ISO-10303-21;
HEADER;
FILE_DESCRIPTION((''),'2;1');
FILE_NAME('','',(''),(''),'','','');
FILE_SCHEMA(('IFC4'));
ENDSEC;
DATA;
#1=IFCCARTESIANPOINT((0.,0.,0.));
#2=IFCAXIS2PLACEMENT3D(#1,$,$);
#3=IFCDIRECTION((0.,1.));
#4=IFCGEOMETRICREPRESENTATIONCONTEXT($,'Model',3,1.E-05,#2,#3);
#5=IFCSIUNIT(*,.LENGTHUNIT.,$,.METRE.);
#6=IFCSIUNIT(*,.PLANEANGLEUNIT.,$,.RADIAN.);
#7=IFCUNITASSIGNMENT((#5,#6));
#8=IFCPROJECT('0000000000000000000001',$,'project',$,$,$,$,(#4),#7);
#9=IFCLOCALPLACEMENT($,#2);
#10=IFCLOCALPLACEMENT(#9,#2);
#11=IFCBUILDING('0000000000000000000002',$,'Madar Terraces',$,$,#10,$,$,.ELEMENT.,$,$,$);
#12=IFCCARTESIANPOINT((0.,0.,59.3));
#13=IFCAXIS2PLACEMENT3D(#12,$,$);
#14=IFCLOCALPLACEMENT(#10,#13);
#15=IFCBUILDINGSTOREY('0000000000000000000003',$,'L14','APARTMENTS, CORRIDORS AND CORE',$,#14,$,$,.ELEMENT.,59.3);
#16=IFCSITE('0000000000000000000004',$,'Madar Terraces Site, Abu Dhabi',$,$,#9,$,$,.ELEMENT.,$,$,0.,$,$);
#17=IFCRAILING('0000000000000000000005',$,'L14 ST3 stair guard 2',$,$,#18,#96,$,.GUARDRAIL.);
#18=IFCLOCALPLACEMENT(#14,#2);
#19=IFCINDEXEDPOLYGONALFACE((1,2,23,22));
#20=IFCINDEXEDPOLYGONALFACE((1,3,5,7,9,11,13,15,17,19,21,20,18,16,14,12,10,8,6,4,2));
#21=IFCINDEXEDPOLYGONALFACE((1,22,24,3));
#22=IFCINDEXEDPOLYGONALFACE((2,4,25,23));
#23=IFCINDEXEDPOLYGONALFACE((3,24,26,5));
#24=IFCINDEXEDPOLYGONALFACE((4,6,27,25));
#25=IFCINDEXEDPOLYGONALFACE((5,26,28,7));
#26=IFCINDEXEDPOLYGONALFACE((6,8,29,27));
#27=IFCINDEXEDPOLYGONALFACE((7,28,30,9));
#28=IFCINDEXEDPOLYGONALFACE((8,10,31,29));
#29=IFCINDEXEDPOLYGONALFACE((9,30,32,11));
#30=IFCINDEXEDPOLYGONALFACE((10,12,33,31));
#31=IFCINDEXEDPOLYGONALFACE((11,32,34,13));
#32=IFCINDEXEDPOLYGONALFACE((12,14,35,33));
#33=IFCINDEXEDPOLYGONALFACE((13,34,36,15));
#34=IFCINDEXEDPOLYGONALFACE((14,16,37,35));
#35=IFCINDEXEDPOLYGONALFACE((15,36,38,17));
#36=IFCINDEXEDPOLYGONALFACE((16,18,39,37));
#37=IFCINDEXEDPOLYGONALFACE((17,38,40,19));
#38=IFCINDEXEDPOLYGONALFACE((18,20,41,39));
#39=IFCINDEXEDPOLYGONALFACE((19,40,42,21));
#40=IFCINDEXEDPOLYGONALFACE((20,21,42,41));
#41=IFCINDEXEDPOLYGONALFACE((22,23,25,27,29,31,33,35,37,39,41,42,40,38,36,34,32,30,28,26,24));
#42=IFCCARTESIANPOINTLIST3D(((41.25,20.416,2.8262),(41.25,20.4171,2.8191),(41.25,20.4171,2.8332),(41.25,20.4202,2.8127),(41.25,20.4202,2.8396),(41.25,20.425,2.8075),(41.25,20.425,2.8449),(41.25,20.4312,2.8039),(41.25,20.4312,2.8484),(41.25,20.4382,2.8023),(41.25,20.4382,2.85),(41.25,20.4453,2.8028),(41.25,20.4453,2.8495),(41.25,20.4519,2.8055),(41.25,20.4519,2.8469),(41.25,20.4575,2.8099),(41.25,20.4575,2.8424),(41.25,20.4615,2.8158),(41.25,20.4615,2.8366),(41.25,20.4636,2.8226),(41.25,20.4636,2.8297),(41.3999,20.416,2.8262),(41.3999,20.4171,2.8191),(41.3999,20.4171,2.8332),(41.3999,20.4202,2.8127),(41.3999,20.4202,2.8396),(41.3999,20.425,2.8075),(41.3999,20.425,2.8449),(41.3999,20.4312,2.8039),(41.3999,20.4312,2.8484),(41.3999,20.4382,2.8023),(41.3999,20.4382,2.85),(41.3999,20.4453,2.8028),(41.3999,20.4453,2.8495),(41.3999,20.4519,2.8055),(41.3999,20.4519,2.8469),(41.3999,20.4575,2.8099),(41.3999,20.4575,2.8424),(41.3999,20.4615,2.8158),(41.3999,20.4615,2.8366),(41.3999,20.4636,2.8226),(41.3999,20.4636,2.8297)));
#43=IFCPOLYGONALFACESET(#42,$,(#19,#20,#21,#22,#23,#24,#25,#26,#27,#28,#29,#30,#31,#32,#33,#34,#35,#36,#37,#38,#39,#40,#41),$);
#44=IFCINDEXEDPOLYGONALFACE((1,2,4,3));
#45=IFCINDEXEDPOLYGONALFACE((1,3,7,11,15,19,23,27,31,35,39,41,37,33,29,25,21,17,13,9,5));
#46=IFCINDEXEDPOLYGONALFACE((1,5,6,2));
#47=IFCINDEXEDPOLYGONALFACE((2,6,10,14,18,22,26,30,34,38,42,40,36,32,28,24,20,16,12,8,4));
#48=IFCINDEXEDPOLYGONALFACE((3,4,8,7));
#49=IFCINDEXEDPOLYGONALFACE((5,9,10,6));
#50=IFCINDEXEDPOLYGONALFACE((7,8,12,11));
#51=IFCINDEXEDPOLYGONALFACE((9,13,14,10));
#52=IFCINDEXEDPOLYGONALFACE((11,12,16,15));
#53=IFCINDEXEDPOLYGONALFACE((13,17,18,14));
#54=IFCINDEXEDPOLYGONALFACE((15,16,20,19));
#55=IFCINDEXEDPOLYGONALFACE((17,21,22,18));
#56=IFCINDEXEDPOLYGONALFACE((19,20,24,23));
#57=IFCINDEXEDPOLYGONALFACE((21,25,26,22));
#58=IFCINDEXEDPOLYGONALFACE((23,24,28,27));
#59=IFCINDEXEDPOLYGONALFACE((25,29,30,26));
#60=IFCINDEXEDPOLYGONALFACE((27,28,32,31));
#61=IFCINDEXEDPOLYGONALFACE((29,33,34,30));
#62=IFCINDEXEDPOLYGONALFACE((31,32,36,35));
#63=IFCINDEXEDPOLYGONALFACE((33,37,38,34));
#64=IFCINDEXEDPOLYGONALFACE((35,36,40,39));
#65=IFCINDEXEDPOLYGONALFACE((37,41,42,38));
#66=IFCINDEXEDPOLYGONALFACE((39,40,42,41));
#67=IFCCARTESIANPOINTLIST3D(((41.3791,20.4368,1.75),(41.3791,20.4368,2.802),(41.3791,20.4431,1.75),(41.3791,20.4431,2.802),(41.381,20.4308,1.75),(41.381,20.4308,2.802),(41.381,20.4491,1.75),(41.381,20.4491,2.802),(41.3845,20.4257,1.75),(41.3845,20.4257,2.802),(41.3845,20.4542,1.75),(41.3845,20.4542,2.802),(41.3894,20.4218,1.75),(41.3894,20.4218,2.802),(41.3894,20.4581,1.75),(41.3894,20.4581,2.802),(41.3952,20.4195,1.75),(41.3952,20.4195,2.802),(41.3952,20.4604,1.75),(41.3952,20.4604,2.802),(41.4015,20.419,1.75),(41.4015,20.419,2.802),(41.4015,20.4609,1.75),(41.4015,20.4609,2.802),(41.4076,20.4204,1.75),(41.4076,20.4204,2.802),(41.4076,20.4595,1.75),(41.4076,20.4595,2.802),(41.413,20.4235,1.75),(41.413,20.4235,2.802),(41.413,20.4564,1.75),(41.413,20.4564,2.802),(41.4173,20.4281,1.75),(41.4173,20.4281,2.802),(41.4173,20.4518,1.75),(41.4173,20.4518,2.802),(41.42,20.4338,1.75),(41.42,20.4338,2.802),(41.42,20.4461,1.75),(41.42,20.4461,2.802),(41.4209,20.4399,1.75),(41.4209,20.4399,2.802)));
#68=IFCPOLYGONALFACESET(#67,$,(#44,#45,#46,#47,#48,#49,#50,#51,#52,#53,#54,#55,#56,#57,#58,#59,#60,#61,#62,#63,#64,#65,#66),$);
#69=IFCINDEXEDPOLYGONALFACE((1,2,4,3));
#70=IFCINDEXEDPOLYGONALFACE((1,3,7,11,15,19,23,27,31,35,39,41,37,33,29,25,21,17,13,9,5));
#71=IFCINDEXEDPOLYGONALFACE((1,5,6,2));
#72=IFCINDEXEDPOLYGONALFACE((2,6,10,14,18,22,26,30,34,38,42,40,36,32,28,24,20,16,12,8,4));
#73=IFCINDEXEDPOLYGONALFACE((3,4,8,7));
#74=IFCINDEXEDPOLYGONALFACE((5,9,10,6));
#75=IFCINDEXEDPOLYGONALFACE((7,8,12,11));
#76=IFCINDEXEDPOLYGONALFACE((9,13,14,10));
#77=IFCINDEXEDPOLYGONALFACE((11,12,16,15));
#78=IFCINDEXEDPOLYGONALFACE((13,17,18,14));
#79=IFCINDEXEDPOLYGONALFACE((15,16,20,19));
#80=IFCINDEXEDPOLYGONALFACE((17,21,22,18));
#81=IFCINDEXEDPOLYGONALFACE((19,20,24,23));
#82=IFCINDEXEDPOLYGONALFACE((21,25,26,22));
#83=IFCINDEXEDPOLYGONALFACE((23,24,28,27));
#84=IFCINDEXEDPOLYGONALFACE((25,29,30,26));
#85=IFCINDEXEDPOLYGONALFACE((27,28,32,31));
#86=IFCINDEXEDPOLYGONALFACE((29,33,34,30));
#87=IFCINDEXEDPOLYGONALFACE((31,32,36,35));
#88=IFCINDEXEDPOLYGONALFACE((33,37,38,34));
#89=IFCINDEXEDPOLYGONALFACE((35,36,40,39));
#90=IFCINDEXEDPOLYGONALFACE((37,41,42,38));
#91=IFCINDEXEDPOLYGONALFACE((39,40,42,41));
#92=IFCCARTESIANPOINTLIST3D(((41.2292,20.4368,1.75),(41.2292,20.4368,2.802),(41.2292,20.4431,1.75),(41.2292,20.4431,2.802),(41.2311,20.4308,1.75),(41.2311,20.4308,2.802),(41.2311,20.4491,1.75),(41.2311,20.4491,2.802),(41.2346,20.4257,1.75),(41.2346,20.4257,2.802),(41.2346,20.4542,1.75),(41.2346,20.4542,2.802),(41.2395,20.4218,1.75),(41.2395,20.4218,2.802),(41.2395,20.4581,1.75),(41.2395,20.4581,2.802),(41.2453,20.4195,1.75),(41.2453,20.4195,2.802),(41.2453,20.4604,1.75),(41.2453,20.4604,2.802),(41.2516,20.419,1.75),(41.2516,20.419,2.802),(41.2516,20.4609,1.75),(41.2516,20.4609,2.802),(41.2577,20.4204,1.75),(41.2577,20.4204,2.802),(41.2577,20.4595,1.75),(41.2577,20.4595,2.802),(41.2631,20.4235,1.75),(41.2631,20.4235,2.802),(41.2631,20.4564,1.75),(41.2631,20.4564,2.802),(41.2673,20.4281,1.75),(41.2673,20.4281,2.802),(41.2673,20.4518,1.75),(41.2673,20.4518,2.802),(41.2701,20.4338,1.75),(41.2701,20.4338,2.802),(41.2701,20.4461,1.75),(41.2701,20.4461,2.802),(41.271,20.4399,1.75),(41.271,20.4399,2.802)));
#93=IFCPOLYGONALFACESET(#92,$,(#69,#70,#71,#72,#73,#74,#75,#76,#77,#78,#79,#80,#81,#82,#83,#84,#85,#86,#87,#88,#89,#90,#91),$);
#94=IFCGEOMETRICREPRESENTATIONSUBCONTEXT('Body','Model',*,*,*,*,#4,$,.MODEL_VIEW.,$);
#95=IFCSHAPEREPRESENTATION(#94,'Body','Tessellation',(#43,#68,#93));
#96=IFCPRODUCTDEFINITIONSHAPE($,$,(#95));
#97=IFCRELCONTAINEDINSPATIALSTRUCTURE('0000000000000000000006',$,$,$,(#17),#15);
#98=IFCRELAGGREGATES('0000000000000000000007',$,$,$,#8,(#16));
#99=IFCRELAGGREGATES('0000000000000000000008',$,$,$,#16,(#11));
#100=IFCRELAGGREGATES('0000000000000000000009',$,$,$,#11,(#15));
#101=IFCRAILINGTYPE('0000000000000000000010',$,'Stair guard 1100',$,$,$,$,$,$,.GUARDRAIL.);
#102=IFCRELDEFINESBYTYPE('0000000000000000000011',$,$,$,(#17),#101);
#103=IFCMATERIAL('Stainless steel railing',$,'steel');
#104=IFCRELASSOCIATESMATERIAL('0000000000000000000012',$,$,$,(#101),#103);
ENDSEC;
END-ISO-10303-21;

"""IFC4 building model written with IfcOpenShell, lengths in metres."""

from ifc_helpers import new_model, si_unit, direction, frame, origin, origin_2d, place, context, subcontext, project, spatial, circle, extrude, material, type_object, element, save


model = new_model("IFC4")

# Units and contexts
model_context = context("Model", 3, precision=1e-05, world=origin(), true_north=direction((0.0, 1.0)))
body_context = subcontext(model_context, "Body", "Model", "MODEL_VIEW")
ifc_project = project(units=[si_unit("LENGTHUNIT", "METRE"), si_unit("PLANEANGLEUNIT", "RADIAN")], contexts=[model_context])

# Site, building, storey
site_placement = place(None, origin())
site = spatial("IfcSite", under=ifc_project, at=site_placement, Name="Madar Terraces Site, Abu Dhabi", CompositionType="ELEMENT", RefElevation=0.0)
building_placement = place(site_placement, origin())
building = spatial("IfcBuilding", under=site, at=building_placement, Name="Madar Terraces", CompositionType="ELEMENT")
storey_placement = place(building_placement, frame((0.0, 0.0, 59.3)))
storey = spatial("IfcBuildingStorey", under=building, at=storey_placement, Name="L14", Description="APARTMENTS, CORRIDORS AND CORE", CompositionType="ELEMENT", Elevation=59.3)

# Railing
ifc_material_1 = material(Name="Stainless steel railing", Category="steel")
railing_type_1 = type_object("IfcRailingType", Name="Stair guard 1100", PredefinedType="GUARDRAIL", material=ifc_material_1)
railing_1_placement = place(storey_placement, frame((41.3999, 20.4399, 1.75)))
element("IfcRailing", 1, at=railing_1_placement, inside=storey, type_object=railing_type_1, Name="L14 ST3 stair guard 2", PredefinedType="GUARDRAIL", context=body_context, shape_type="SweptSolid", body=[
    extrude(circle(Radius=0.0239, at=origin_2d()), frame((0.0, 0.0, 1.0762), z_axis=(-1.0, 0.0, 0.0), x_axis=(0.0, -1.0, 0.0)), (0.0, 0.0, 1.0), 0.1499),
    extrude(circle(Radius=0.021, at=origin_2d()), origin(), (0.0, 0.0, 1.0), 1.052),
    extrude(circle(Radius=0.021, at=origin_2d()), frame((-0.1499, 0.0, 0.0)), (0.0, 0.0, 1.0), 1.052),
])

save(model, "model.ifc")
